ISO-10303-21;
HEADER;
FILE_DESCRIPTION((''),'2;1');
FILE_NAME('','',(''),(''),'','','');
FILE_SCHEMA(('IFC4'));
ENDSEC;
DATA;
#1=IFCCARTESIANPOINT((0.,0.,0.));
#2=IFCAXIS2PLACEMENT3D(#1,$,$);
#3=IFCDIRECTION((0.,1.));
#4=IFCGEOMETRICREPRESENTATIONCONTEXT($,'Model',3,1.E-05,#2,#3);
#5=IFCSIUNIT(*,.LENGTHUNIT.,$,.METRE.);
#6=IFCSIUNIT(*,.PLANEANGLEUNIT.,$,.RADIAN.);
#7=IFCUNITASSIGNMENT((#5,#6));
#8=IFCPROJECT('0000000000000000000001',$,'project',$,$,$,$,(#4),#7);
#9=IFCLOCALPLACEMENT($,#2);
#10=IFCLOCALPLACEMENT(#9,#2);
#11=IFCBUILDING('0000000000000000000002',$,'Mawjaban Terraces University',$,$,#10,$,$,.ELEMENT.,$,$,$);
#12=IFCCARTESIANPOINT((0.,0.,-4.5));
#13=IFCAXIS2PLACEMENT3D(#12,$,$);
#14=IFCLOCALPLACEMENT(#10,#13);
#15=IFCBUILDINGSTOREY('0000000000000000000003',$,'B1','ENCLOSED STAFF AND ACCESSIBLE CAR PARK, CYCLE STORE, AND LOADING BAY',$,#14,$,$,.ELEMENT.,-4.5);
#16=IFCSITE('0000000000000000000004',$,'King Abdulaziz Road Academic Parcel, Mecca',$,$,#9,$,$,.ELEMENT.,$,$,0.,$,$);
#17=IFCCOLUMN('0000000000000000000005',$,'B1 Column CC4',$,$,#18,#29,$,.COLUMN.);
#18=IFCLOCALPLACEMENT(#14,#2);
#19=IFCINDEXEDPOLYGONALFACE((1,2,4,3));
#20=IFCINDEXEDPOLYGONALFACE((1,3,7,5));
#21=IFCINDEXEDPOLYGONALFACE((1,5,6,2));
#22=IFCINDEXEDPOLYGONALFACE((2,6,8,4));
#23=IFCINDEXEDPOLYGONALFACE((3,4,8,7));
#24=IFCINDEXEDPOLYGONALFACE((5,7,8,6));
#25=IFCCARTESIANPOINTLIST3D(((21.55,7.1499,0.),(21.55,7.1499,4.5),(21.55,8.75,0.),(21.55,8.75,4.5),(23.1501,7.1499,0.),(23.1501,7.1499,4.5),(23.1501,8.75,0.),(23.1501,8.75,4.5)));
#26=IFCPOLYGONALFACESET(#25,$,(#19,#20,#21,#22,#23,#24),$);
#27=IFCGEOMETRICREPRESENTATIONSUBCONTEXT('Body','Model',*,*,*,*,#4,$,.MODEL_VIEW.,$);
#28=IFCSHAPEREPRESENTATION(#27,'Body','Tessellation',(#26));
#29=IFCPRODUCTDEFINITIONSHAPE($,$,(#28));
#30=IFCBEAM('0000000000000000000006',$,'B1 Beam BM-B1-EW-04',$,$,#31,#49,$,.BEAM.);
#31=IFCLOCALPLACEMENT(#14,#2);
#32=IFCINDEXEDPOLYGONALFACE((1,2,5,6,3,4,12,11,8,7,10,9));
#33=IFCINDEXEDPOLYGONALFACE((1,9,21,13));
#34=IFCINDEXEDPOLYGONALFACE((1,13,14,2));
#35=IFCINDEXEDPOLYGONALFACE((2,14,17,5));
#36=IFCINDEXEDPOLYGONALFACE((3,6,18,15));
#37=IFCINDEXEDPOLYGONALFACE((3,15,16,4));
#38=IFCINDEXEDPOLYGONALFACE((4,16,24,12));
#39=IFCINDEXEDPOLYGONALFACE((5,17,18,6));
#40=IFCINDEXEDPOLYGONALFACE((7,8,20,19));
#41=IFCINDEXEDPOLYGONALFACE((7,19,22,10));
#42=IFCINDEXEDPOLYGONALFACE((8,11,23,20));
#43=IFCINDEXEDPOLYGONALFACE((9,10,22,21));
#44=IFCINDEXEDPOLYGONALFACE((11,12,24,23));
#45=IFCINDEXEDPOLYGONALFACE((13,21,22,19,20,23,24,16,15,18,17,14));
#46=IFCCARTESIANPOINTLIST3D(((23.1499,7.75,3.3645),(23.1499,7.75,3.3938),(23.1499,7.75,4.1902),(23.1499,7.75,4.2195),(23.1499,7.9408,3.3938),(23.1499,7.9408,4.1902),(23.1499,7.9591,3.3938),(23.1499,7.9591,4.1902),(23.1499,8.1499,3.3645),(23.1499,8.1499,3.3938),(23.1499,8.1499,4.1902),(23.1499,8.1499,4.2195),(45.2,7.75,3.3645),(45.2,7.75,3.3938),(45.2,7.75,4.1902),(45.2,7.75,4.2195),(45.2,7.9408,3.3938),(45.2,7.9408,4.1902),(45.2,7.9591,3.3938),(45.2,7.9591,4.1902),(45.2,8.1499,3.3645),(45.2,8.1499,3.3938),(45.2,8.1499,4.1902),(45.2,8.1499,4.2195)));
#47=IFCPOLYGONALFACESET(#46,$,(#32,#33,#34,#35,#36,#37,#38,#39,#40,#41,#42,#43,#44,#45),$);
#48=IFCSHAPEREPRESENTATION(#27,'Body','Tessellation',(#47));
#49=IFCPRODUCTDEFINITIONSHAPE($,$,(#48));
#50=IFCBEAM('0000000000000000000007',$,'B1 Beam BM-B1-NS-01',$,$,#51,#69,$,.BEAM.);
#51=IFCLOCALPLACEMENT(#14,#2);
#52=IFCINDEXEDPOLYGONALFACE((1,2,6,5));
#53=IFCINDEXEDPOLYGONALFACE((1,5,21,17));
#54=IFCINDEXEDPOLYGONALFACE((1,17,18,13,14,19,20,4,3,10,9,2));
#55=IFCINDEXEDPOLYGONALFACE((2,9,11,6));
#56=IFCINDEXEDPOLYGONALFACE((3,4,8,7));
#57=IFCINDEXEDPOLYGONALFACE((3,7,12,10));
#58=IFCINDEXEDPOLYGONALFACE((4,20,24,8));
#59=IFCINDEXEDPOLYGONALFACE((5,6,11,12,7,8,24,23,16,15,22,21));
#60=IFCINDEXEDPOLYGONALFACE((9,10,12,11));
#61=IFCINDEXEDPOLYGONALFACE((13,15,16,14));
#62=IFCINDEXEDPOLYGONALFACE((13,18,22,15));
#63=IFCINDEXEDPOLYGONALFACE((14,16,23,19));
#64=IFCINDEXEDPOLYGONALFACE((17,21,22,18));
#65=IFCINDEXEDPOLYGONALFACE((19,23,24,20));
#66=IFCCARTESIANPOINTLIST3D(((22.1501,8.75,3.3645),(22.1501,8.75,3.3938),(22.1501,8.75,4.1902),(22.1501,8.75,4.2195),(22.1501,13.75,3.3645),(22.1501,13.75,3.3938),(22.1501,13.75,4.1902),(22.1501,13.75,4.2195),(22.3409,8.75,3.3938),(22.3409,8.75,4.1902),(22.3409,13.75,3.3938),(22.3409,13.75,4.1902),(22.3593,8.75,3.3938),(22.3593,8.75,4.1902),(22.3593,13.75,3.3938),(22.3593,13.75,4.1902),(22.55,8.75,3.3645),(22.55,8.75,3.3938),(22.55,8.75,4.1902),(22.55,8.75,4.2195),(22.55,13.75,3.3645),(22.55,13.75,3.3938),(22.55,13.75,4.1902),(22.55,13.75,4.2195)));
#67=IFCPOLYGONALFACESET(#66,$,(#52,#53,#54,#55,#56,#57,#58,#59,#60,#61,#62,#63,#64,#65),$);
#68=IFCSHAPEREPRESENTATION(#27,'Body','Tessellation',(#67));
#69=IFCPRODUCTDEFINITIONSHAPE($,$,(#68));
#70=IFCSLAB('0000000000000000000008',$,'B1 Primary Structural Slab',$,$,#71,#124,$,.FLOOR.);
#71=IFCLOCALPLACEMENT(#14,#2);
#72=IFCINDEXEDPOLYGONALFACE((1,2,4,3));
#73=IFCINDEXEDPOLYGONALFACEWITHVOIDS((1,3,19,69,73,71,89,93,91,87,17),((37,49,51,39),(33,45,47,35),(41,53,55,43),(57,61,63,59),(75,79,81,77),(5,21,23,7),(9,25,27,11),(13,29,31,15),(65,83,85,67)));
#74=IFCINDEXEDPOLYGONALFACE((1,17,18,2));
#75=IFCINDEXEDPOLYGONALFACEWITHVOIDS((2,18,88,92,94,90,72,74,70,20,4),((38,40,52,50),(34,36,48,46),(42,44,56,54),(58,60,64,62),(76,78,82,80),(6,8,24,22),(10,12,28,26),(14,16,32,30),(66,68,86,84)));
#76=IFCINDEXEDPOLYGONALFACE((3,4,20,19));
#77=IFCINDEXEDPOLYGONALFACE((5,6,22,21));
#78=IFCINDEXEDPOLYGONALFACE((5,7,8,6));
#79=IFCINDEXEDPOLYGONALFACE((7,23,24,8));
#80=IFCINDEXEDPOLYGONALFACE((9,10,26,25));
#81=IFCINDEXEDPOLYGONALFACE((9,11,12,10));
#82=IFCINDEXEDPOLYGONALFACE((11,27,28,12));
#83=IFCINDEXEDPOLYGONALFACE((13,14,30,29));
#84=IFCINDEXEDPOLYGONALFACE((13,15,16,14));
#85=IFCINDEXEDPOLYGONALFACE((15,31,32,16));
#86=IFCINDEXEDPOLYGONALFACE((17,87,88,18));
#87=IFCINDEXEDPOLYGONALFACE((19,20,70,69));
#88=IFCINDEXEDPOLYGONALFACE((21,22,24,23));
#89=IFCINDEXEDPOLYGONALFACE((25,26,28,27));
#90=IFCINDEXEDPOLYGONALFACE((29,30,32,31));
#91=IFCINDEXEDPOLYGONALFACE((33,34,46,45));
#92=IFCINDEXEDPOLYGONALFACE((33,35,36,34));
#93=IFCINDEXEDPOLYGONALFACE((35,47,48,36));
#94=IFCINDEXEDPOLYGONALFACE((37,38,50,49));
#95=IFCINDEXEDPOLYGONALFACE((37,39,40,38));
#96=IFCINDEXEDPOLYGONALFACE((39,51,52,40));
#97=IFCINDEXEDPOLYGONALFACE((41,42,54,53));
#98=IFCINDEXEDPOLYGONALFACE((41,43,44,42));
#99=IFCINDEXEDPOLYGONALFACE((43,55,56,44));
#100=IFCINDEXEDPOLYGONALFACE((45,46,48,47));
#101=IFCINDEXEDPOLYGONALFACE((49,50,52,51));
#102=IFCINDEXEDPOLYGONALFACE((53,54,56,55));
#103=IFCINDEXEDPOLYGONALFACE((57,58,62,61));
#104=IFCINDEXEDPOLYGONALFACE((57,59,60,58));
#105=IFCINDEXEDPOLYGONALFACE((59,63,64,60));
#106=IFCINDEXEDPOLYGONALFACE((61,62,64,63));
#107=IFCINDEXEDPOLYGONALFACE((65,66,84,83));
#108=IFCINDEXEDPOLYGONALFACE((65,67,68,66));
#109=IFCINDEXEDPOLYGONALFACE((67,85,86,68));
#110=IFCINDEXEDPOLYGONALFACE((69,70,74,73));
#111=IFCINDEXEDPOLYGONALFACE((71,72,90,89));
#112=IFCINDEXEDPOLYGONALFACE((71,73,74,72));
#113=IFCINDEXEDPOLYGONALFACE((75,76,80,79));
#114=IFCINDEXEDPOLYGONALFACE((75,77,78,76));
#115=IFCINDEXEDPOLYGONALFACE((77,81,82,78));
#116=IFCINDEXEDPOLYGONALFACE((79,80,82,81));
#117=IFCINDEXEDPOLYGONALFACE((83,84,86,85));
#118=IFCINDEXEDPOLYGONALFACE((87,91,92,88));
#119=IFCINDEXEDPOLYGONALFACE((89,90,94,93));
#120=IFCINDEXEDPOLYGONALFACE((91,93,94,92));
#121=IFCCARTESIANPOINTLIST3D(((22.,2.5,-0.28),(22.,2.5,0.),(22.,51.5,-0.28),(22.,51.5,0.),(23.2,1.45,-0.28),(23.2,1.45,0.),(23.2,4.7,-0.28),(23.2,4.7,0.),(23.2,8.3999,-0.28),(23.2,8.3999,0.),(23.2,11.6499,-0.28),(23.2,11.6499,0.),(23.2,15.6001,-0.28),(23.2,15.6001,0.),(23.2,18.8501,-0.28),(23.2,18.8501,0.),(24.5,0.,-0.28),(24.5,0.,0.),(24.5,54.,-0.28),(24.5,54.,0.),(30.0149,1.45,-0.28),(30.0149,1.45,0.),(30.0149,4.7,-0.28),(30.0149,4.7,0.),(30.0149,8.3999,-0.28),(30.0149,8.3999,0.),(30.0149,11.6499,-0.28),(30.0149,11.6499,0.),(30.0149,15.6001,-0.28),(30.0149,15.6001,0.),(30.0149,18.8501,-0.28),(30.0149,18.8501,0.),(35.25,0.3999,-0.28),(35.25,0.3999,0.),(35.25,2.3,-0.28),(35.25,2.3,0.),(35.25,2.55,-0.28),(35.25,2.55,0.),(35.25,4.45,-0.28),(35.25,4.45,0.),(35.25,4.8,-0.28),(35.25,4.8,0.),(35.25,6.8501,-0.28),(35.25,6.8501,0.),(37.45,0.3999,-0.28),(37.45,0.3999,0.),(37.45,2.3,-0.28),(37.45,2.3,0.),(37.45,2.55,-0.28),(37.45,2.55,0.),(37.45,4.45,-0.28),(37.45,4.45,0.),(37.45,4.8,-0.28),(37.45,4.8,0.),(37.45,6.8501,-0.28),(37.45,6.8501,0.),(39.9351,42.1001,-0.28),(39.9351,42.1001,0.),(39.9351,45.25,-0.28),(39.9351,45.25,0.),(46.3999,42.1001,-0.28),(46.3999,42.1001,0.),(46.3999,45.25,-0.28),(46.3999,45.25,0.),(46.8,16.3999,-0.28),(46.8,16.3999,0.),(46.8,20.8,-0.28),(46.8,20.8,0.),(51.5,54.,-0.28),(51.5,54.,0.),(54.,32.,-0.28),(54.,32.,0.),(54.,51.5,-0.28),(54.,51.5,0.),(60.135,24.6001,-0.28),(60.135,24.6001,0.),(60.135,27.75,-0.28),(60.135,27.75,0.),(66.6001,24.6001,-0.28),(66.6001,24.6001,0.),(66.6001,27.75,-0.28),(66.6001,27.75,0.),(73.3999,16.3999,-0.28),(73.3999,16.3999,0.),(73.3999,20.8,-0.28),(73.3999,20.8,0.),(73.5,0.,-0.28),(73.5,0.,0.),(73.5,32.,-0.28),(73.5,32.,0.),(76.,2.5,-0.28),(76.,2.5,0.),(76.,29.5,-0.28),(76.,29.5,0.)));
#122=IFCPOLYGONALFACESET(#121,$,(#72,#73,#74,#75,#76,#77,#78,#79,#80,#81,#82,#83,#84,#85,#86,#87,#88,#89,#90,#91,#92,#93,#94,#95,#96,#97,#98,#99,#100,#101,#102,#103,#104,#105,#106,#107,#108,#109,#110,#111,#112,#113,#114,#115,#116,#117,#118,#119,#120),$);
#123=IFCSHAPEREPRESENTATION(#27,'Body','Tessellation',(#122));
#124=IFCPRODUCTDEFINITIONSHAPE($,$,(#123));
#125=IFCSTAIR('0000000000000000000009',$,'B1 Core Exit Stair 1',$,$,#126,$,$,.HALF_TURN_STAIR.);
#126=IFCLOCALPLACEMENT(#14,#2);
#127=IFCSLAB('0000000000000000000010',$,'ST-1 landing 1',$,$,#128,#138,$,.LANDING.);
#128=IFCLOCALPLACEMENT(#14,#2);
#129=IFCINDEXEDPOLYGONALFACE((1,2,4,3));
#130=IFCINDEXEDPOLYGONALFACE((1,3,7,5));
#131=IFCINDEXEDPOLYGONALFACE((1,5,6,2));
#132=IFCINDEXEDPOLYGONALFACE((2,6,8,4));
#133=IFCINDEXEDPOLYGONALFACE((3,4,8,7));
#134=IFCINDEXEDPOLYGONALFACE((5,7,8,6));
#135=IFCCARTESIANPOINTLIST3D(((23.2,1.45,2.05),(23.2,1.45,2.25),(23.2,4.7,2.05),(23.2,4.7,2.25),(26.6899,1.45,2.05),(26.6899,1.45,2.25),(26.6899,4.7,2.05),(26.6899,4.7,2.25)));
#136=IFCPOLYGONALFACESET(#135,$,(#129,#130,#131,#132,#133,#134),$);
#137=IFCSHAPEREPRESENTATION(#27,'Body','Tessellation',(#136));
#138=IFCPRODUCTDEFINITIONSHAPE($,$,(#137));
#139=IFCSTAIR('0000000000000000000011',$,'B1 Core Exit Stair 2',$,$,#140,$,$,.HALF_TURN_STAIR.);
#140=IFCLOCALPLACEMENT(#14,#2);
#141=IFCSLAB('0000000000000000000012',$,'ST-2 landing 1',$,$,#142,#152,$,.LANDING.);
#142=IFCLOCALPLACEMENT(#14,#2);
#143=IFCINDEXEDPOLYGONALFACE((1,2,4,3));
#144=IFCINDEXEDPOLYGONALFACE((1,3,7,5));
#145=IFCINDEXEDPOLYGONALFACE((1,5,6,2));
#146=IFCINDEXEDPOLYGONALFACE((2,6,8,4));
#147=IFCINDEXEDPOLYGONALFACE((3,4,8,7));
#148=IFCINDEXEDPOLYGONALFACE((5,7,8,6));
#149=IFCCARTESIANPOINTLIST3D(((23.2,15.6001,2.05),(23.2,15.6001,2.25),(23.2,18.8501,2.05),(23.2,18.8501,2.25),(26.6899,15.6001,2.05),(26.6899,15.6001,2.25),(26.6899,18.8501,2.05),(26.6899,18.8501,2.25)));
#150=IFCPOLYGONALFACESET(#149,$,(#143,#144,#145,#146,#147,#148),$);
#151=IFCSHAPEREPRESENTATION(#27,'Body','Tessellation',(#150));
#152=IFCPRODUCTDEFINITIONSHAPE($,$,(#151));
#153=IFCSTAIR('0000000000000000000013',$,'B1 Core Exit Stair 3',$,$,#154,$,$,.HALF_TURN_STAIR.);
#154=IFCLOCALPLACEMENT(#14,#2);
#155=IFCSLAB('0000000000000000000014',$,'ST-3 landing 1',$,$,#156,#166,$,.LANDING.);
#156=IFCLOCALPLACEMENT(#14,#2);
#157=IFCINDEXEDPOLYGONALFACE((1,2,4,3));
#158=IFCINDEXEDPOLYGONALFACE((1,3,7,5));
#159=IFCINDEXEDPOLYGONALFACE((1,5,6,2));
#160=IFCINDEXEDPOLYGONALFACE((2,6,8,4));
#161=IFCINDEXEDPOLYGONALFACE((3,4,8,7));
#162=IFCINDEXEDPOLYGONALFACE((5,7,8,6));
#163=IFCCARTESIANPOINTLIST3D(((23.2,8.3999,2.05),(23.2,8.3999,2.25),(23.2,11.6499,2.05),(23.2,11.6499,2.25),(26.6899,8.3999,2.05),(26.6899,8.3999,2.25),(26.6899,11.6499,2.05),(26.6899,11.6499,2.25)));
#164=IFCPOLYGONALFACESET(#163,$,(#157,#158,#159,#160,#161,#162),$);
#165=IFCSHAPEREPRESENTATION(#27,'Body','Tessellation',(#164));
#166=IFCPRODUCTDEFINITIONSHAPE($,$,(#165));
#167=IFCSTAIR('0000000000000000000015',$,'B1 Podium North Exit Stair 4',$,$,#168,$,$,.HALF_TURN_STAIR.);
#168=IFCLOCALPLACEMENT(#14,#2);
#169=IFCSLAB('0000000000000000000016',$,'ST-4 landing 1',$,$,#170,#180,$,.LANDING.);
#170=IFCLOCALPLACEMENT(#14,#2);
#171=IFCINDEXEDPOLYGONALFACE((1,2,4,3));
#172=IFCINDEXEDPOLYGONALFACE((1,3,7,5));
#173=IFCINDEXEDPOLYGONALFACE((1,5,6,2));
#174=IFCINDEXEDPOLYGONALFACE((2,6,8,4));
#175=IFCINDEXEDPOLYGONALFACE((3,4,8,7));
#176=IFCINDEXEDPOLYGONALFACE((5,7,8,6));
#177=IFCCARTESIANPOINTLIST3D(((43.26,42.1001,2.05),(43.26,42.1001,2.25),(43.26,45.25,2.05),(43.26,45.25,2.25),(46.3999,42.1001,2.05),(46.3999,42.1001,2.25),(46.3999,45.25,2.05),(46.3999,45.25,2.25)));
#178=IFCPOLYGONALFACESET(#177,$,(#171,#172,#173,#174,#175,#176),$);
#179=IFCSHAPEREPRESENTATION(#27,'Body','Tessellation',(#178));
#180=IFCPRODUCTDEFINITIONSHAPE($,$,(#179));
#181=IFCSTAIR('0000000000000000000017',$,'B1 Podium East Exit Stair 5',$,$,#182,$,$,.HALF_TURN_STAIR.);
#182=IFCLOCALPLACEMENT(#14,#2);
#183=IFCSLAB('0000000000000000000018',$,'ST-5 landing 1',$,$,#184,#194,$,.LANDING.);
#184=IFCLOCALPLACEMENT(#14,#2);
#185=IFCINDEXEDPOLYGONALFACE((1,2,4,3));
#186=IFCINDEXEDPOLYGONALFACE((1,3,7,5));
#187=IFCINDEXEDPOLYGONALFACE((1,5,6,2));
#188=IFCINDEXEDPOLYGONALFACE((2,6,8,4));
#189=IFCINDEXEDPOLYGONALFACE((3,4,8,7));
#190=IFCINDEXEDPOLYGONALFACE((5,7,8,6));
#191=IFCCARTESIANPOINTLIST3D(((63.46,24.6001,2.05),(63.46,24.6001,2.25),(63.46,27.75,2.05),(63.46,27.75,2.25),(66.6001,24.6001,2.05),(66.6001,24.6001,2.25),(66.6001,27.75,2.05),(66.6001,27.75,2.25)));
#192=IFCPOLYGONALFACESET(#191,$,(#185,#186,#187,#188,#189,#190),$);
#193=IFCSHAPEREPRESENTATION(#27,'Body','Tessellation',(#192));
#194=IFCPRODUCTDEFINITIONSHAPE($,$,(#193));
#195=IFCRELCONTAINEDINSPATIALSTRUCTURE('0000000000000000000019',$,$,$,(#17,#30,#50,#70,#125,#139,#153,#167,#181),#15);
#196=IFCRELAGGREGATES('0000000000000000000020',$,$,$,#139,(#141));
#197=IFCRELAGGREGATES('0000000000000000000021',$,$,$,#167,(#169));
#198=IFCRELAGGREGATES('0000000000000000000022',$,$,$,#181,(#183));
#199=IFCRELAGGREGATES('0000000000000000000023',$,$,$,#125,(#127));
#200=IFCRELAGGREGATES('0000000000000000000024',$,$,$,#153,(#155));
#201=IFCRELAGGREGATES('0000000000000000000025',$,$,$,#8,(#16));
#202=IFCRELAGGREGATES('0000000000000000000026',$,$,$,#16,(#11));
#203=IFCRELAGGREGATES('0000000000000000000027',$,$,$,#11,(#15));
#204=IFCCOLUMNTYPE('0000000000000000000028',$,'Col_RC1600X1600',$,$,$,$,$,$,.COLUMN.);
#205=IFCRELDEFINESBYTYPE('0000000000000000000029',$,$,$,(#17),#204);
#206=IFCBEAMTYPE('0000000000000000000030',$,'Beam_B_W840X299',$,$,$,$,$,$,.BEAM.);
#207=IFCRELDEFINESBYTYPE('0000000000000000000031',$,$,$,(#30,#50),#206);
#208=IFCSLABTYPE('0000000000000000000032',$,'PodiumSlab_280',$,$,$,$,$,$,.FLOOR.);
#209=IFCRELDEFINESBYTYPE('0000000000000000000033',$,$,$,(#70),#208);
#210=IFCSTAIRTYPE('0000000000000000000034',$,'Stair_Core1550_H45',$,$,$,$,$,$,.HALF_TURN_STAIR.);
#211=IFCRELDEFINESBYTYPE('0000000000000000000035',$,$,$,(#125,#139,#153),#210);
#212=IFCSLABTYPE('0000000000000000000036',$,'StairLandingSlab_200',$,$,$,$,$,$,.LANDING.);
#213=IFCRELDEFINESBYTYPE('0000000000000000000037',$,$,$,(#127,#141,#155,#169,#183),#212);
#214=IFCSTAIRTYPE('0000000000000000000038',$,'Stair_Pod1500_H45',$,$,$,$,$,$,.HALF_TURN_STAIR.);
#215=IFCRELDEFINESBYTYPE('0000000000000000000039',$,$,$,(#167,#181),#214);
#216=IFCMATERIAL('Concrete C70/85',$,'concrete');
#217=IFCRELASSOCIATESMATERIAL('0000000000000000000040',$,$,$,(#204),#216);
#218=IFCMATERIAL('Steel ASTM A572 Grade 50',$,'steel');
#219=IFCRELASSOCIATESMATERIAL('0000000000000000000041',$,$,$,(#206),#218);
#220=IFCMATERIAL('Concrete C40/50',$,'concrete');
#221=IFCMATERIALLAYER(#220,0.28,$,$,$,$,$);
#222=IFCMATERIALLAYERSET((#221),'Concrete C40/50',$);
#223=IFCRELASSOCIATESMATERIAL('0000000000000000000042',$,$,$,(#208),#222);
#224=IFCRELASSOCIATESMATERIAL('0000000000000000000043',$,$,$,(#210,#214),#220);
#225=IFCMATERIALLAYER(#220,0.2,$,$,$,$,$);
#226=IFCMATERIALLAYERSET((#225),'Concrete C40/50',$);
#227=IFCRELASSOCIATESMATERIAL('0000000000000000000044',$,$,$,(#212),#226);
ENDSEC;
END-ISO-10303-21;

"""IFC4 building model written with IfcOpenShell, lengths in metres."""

from ifc_helpers import new_model, si_unit, direction, frame, origin, origin_2d, place, context, subcontext, project, spatial, polyline, rectangle, i_section, outline, extrude, material, layer, layer_set, material_profile, profile_set, type_object, element, aggregate, save


model = new_model("IFC4")

# Units and contexts
model_context = context("Model", 3, precision=1e-05, world=origin(), true_north=direction((0.0, 1.0)))
body_context = subcontext(model_context, "Body", "Model", "MODEL_VIEW")
ifc_project = project(units=[si_unit("LENGTHUNIT", "METRE"), si_unit("PLANEANGLEUNIT", "RADIAN")], contexts=[model_context])

# Site, building, storey
site_placement = place(None, origin())
site = spatial("IfcSite", under=ifc_project, at=site_placement, Name="King Abdulaziz Road Academic Parcel, Mecca", CompositionType="ELEMENT", RefElevation=0.0)
building_placement = place(site_placement, origin())
building = spatial("IfcBuilding", under=site, at=building_placement, Name="Mawjaban Terraces University", CompositionType="ELEMENT")
storey_placement = place(building_placement, frame((0.0, 0.0, -4.5)))
storey = spatial("IfcBuildingStorey", under=building, at=storey_placement, Name="B1", Description="ENCLOSED STAFF AND ACCESSIBLE CAR PARK, CYCLE STORE, AND LOADING BAY", CompositionType="ELEMENT", Elevation=-4.5)

# Column
ifc_material_1 = material(Name="Concrete C70/85", Category="concrete")
ifc_material_profile_1 = material_profile(ifc_material_1, rectangle(XDim=1.6001, YDim=1.6001, at=origin_2d()), Name="RC1600X1600")
ifc_profile_set_1 = profile_set([ifc_material_profile_1], Name="Concrete C70/85")
column_type = type_object("IfcColumnType", Name="Col_RC1600X1600", PredefinedType="COLUMN", material=ifc_profile_set_1)
column_placement = place(storey_placement, frame((22.3501, 7.95, 0.0), z_axis=(0.0, 0.0, 1.0), x_axis=(1.0, 0.0, 0.0)))
element("IfcColumn", 1, at=column_placement, inside=storey, type_object=column_type, Name="B1 Column CC4", PredefinedType="COLUMN", context=body_context, shape_type="SweptSolid", body=[
    extrude(rectangle(XDim=1.6001, YDim=1.6001, at=origin_2d()), origin(), (0.0, 0.0, 1.0), 4.5),
])

# Beams
ifc_material_2 = material(Name="Steel ASTM A572 Grade 50", Category="steel")
ifc_material_profile_2 = material_profile(ifc_material_2, i_section(OverallWidth=0.3999, OverallDepth=0.855, WebThickness=0.0183, FlangeThickness=0.0293, at=origin_2d()), Name="W840X299")
ifc_profile_set_2 = profile_set([ifc_material_profile_2], Name="Steel ASTM A572 Grade 50")
beam_type = type_object("IfcBeamType", Name="Beam_B_W840X299", PredefinedType="BEAM", material=ifc_profile_set_2)
beam_1_placement = place(storey_placement, frame((23.1499, 7.95, 3.792), z_axis=(1.0, 0.0, 0.0), x_axis=(0.0, 1.0, 0.0)))
element("IfcBeam", 2, at=beam_1_placement, inside=storey, type_object=beam_type, Name="B1 Beam BM-B1-EW-04", PredefinedType="BEAM", context=body_context, shape_type="SweptSolid", body=[
    extrude(i_section(OverallWidth=0.3999, OverallDepth=0.855, WebThickness=0.0183, FlangeThickness=0.0293, at=origin_2d()), origin(), (0.0, 0.0, 1.0), 22.05),
])
beam_2_placement = place(storey_placement, frame((22.3501, 8.75, 3.792), z_axis=(0.0, 1.0, 0.0), x_axis=(-1.0, 0.0, 0.0)))
element("IfcBeam", 3, at=beam_2_placement, inside=storey, type_object=beam_type, Name="B1 Beam BM-B1-NS-01", PredefinedType="BEAM", context=body_context, shape_type="SweptSolid", body=[
    extrude(i_section(OverallWidth=0.3999, OverallDepth=0.855, WebThickness=0.0183, FlangeThickness=0.0293, at=origin_2d()), origin(), (0.0, 0.0, 1.0), 5.0),
])

# Slab
ifc_material_3 = material(Name="Concrete C40/50", Category="concrete")
ifc_layer_1 = layer(ifc_material_3, 0.28)
ifc_layer_set_1 = layer_set([ifc_layer_1], Name="Concrete C40/50")
slab_type_1 = type_object("IfcSlabType", Name="PodiumSlab_280", PredefinedType="FLOOR", material=ifc_layer_set_1)
slab_1_placement = place(storey_placement, frame((0.0, 0.0, -0.28)))
element("IfcSlab", 4, at=slab_1_placement, inside=storey, type_object=slab_type_1, Name="B1 Primary Structural Slab", PredefinedType="FLOOR", context=body_context, shape_type="SweptSolid", body=[
    extrude(outline(polyline([(24.5, 0.0), (73.5, 0.0), (76.0, 2.5), (76.0, 29.5), (73.5, 32.0), (54.0, 32.0), (54.0, 51.5), (51.5, 54.0), (24.5, 54.0), (22.0, 51.5), (22.0, 2.5), (24.5, 0.0)]), holes=[polyline([(30.0149, 4.7), (23.2, 4.7), (23.2, 1.45), (30.0149, 1.45), (30.0149, 4.7)]), polyline([(30.0149, 18.8501), (23.2, 18.8501), (23.2, 15.6001), (30.0149, 15.6001), (30.0149, 18.8501)]), polyline([(30.0149, 11.6499), (23.2, 11.6499), (23.2, 8.3999), (30.0149, 8.3999), (30.0149, 11.6499)]), polyline([(39.9351, 42.1001), (46.3999, 42.1001), (46.3999, 45.25), (39.9351, 45.25), (39.9351, 42.1001)]), polyline([(60.135, 24.6001), (66.6001, 24.6001), (66.6001, 27.75), (60.135, 27.75), (60.135, 24.6001)]), polyline([(35.25, 0.3999), (37.45, 0.3999), (37.45, 2.3), (35.25, 2.3), (35.25, 0.3999)]), polyline([(35.25, 2.55), (37.45, 2.55), (37.45, 4.45), (35.25, 4.45), (35.25, 2.55)]), polyline([(35.25, 4.8), (37.45, 4.8), (37.45, 6.8501), (35.25, 6.8501), (35.25, 4.8)]), polyline([(46.8, 16.3999), (73.3999, 16.3999), (73.3999, 20.8), (46.8, 20.8), (46.8, 16.3999)])]), origin(), (0.0, 0.0, 1.0), 0.28),
])

# Stairs, slabs
stair_type_1 = type_object("IfcStairType", Name="Stair_Core1550_H45", PredefinedType="HALF_TURN_STAIR", material=ifc_material_3)
stair_1_placement = place(storey_placement, origin())
stair_1 = element("IfcStair", 5, at=stair_1_placement, inside=storey, type_object=stair_type_1, Name="B1 Core Exit Stair 1", PredefinedType="HALF_TURN_STAIR")
ifc_layer_2 = layer(ifc_material_3, 0.2)
ifc_layer_set_2 = layer_set([ifc_layer_2], Name="Concrete C40/50")
slab_type_2 = type_object("IfcSlabType", Name="StairLandingSlab_200", PredefinedType="LANDING", material=ifc_layer_set_2)
slab_2_placement = place(storey_placement, frame((0.0, 0.0, 2.05)))
slab_2 = element("IfcSlab", 6, at=slab_2_placement, type_object=slab_type_2, Name="ST-1 landing 1", PredefinedType="LANDING", context=body_context, shape_type="SweptSolid", body=[
    extrude(outline(polyline([(26.6899, 4.7), (23.2, 4.7), (23.2, 1.45), (26.6899, 1.45), (26.6899, 4.7)])), origin(), (0.0, 0.0, 1.0), 0.2),
])
stair_2_placement = place(storey_placement, origin())
stair_2 = element("IfcStair", 7, at=stair_2_placement, inside=storey, type_object=stair_type_1, Name="B1 Core Exit Stair 2", PredefinedType="HALF_TURN_STAIR")
slab_3_placement = place(storey_placement, frame((0.0, 0.0, 2.05)))
slab_3 = element("IfcSlab", 8, at=slab_3_placement, type_object=slab_type_2, Name="ST-2 landing 1", PredefinedType="LANDING", context=body_context, shape_type="SweptSolid", body=[
    extrude(outline(polyline([(26.6899, 18.8501), (23.2, 18.8501), (23.2, 15.6001), (26.6899, 15.6001), (26.6899, 18.8501)])), origin(), (0.0, 0.0, 1.0), 0.2),
])
aggregate(stair_2, [slab_3])
stair_3_placement = place(storey_placement, origin())
stair_3 = element("IfcStair", 9, at=stair_3_placement, inside=storey, type_object=stair_type_1, Name="B1 Core Exit Stair 3", PredefinedType="HALF_TURN_STAIR")
slab_4_placement = place(storey_placement, frame((0.0, 0.0, 2.05)))
slab_4 = element("IfcSlab", 10, at=slab_4_placement, type_object=slab_type_2, Name="ST-3 landing 1", PredefinedType="LANDING", context=body_context, shape_type="SweptSolid", body=[
    extrude(outline(polyline([(26.6899, 11.6499), (23.2, 11.6499), (23.2, 8.3999), (26.6899, 8.3999), (26.6899, 11.6499)])), origin(), (0.0, 0.0, 1.0), 0.2),
])
stair_type_2 = type_object("IfcStairType", Name="Stair_Pod1500_H45", PredefinedType="HALF_TURN_STAIR", material=ifc_material_3)
stair_4_placement = place(storey_placement, origin())
stair_4 = element("IfcStair", 11, at=stair_4_placement, inside=storey, type_object=stair_type_2, Name="B1 Podium North Exit Stair 4", PredefinedType="HALF_TURN_STAIR")
slab_5_placement = place(storey_placement, frame((0.0, 0.0, 2.05)))
slab_5 = element("IfcSlab", 12, at=slab_5_placement, type_object=slab_type_2, Name="ST-4 landing 1", PredefinedType="LANDING", context=body_context, shape_type="SweptSolid", body=[
    extrude(outline(polyline([(43.26, 42.1001), (46.3999, 42.1001), (46.3999, 45.25), (43.26, 45.25), (43.26, 42.1001)])), origin(), (0.0, 0.0, 1.0), 0.2),
])
aggregate(stair_4, [slab_5])
stair_5_placement = place(storey_placement, origin())
stair_5 = element("IfcStair", 13, at=stair_5_placement, inside=storey, type_object=stair_type_2, Name="B1 Podium East Exit Stair 5", PredefinedType="HALF_TURN_STAIR")
slab_6_placement = place(storey_placement, frame((0.0, 0.0, 2.05)))
slab_6 = element("IfcSlab", 14, at=slab_6_placement, type_object=slab_type_2, Name="ST-5 landing 1", PredefinedType="LANDING", context=body_context, shape_type="SweptSolid", body=[
    extrude(outline(polyline([(63.46, 24.6001), (66.6001, 24.6001), (66.6001, 27.75), (63.46, 27.75), (63.46, 24.6001)])), origin(), (0.0, 0.0, 1.0), 0.2),
])
aggregate(stair_5, [slab_6])

aggregate(stair_1, [slab_2])
aggregate(stair_3, [slab_4])

save(model, "model.ifc")
